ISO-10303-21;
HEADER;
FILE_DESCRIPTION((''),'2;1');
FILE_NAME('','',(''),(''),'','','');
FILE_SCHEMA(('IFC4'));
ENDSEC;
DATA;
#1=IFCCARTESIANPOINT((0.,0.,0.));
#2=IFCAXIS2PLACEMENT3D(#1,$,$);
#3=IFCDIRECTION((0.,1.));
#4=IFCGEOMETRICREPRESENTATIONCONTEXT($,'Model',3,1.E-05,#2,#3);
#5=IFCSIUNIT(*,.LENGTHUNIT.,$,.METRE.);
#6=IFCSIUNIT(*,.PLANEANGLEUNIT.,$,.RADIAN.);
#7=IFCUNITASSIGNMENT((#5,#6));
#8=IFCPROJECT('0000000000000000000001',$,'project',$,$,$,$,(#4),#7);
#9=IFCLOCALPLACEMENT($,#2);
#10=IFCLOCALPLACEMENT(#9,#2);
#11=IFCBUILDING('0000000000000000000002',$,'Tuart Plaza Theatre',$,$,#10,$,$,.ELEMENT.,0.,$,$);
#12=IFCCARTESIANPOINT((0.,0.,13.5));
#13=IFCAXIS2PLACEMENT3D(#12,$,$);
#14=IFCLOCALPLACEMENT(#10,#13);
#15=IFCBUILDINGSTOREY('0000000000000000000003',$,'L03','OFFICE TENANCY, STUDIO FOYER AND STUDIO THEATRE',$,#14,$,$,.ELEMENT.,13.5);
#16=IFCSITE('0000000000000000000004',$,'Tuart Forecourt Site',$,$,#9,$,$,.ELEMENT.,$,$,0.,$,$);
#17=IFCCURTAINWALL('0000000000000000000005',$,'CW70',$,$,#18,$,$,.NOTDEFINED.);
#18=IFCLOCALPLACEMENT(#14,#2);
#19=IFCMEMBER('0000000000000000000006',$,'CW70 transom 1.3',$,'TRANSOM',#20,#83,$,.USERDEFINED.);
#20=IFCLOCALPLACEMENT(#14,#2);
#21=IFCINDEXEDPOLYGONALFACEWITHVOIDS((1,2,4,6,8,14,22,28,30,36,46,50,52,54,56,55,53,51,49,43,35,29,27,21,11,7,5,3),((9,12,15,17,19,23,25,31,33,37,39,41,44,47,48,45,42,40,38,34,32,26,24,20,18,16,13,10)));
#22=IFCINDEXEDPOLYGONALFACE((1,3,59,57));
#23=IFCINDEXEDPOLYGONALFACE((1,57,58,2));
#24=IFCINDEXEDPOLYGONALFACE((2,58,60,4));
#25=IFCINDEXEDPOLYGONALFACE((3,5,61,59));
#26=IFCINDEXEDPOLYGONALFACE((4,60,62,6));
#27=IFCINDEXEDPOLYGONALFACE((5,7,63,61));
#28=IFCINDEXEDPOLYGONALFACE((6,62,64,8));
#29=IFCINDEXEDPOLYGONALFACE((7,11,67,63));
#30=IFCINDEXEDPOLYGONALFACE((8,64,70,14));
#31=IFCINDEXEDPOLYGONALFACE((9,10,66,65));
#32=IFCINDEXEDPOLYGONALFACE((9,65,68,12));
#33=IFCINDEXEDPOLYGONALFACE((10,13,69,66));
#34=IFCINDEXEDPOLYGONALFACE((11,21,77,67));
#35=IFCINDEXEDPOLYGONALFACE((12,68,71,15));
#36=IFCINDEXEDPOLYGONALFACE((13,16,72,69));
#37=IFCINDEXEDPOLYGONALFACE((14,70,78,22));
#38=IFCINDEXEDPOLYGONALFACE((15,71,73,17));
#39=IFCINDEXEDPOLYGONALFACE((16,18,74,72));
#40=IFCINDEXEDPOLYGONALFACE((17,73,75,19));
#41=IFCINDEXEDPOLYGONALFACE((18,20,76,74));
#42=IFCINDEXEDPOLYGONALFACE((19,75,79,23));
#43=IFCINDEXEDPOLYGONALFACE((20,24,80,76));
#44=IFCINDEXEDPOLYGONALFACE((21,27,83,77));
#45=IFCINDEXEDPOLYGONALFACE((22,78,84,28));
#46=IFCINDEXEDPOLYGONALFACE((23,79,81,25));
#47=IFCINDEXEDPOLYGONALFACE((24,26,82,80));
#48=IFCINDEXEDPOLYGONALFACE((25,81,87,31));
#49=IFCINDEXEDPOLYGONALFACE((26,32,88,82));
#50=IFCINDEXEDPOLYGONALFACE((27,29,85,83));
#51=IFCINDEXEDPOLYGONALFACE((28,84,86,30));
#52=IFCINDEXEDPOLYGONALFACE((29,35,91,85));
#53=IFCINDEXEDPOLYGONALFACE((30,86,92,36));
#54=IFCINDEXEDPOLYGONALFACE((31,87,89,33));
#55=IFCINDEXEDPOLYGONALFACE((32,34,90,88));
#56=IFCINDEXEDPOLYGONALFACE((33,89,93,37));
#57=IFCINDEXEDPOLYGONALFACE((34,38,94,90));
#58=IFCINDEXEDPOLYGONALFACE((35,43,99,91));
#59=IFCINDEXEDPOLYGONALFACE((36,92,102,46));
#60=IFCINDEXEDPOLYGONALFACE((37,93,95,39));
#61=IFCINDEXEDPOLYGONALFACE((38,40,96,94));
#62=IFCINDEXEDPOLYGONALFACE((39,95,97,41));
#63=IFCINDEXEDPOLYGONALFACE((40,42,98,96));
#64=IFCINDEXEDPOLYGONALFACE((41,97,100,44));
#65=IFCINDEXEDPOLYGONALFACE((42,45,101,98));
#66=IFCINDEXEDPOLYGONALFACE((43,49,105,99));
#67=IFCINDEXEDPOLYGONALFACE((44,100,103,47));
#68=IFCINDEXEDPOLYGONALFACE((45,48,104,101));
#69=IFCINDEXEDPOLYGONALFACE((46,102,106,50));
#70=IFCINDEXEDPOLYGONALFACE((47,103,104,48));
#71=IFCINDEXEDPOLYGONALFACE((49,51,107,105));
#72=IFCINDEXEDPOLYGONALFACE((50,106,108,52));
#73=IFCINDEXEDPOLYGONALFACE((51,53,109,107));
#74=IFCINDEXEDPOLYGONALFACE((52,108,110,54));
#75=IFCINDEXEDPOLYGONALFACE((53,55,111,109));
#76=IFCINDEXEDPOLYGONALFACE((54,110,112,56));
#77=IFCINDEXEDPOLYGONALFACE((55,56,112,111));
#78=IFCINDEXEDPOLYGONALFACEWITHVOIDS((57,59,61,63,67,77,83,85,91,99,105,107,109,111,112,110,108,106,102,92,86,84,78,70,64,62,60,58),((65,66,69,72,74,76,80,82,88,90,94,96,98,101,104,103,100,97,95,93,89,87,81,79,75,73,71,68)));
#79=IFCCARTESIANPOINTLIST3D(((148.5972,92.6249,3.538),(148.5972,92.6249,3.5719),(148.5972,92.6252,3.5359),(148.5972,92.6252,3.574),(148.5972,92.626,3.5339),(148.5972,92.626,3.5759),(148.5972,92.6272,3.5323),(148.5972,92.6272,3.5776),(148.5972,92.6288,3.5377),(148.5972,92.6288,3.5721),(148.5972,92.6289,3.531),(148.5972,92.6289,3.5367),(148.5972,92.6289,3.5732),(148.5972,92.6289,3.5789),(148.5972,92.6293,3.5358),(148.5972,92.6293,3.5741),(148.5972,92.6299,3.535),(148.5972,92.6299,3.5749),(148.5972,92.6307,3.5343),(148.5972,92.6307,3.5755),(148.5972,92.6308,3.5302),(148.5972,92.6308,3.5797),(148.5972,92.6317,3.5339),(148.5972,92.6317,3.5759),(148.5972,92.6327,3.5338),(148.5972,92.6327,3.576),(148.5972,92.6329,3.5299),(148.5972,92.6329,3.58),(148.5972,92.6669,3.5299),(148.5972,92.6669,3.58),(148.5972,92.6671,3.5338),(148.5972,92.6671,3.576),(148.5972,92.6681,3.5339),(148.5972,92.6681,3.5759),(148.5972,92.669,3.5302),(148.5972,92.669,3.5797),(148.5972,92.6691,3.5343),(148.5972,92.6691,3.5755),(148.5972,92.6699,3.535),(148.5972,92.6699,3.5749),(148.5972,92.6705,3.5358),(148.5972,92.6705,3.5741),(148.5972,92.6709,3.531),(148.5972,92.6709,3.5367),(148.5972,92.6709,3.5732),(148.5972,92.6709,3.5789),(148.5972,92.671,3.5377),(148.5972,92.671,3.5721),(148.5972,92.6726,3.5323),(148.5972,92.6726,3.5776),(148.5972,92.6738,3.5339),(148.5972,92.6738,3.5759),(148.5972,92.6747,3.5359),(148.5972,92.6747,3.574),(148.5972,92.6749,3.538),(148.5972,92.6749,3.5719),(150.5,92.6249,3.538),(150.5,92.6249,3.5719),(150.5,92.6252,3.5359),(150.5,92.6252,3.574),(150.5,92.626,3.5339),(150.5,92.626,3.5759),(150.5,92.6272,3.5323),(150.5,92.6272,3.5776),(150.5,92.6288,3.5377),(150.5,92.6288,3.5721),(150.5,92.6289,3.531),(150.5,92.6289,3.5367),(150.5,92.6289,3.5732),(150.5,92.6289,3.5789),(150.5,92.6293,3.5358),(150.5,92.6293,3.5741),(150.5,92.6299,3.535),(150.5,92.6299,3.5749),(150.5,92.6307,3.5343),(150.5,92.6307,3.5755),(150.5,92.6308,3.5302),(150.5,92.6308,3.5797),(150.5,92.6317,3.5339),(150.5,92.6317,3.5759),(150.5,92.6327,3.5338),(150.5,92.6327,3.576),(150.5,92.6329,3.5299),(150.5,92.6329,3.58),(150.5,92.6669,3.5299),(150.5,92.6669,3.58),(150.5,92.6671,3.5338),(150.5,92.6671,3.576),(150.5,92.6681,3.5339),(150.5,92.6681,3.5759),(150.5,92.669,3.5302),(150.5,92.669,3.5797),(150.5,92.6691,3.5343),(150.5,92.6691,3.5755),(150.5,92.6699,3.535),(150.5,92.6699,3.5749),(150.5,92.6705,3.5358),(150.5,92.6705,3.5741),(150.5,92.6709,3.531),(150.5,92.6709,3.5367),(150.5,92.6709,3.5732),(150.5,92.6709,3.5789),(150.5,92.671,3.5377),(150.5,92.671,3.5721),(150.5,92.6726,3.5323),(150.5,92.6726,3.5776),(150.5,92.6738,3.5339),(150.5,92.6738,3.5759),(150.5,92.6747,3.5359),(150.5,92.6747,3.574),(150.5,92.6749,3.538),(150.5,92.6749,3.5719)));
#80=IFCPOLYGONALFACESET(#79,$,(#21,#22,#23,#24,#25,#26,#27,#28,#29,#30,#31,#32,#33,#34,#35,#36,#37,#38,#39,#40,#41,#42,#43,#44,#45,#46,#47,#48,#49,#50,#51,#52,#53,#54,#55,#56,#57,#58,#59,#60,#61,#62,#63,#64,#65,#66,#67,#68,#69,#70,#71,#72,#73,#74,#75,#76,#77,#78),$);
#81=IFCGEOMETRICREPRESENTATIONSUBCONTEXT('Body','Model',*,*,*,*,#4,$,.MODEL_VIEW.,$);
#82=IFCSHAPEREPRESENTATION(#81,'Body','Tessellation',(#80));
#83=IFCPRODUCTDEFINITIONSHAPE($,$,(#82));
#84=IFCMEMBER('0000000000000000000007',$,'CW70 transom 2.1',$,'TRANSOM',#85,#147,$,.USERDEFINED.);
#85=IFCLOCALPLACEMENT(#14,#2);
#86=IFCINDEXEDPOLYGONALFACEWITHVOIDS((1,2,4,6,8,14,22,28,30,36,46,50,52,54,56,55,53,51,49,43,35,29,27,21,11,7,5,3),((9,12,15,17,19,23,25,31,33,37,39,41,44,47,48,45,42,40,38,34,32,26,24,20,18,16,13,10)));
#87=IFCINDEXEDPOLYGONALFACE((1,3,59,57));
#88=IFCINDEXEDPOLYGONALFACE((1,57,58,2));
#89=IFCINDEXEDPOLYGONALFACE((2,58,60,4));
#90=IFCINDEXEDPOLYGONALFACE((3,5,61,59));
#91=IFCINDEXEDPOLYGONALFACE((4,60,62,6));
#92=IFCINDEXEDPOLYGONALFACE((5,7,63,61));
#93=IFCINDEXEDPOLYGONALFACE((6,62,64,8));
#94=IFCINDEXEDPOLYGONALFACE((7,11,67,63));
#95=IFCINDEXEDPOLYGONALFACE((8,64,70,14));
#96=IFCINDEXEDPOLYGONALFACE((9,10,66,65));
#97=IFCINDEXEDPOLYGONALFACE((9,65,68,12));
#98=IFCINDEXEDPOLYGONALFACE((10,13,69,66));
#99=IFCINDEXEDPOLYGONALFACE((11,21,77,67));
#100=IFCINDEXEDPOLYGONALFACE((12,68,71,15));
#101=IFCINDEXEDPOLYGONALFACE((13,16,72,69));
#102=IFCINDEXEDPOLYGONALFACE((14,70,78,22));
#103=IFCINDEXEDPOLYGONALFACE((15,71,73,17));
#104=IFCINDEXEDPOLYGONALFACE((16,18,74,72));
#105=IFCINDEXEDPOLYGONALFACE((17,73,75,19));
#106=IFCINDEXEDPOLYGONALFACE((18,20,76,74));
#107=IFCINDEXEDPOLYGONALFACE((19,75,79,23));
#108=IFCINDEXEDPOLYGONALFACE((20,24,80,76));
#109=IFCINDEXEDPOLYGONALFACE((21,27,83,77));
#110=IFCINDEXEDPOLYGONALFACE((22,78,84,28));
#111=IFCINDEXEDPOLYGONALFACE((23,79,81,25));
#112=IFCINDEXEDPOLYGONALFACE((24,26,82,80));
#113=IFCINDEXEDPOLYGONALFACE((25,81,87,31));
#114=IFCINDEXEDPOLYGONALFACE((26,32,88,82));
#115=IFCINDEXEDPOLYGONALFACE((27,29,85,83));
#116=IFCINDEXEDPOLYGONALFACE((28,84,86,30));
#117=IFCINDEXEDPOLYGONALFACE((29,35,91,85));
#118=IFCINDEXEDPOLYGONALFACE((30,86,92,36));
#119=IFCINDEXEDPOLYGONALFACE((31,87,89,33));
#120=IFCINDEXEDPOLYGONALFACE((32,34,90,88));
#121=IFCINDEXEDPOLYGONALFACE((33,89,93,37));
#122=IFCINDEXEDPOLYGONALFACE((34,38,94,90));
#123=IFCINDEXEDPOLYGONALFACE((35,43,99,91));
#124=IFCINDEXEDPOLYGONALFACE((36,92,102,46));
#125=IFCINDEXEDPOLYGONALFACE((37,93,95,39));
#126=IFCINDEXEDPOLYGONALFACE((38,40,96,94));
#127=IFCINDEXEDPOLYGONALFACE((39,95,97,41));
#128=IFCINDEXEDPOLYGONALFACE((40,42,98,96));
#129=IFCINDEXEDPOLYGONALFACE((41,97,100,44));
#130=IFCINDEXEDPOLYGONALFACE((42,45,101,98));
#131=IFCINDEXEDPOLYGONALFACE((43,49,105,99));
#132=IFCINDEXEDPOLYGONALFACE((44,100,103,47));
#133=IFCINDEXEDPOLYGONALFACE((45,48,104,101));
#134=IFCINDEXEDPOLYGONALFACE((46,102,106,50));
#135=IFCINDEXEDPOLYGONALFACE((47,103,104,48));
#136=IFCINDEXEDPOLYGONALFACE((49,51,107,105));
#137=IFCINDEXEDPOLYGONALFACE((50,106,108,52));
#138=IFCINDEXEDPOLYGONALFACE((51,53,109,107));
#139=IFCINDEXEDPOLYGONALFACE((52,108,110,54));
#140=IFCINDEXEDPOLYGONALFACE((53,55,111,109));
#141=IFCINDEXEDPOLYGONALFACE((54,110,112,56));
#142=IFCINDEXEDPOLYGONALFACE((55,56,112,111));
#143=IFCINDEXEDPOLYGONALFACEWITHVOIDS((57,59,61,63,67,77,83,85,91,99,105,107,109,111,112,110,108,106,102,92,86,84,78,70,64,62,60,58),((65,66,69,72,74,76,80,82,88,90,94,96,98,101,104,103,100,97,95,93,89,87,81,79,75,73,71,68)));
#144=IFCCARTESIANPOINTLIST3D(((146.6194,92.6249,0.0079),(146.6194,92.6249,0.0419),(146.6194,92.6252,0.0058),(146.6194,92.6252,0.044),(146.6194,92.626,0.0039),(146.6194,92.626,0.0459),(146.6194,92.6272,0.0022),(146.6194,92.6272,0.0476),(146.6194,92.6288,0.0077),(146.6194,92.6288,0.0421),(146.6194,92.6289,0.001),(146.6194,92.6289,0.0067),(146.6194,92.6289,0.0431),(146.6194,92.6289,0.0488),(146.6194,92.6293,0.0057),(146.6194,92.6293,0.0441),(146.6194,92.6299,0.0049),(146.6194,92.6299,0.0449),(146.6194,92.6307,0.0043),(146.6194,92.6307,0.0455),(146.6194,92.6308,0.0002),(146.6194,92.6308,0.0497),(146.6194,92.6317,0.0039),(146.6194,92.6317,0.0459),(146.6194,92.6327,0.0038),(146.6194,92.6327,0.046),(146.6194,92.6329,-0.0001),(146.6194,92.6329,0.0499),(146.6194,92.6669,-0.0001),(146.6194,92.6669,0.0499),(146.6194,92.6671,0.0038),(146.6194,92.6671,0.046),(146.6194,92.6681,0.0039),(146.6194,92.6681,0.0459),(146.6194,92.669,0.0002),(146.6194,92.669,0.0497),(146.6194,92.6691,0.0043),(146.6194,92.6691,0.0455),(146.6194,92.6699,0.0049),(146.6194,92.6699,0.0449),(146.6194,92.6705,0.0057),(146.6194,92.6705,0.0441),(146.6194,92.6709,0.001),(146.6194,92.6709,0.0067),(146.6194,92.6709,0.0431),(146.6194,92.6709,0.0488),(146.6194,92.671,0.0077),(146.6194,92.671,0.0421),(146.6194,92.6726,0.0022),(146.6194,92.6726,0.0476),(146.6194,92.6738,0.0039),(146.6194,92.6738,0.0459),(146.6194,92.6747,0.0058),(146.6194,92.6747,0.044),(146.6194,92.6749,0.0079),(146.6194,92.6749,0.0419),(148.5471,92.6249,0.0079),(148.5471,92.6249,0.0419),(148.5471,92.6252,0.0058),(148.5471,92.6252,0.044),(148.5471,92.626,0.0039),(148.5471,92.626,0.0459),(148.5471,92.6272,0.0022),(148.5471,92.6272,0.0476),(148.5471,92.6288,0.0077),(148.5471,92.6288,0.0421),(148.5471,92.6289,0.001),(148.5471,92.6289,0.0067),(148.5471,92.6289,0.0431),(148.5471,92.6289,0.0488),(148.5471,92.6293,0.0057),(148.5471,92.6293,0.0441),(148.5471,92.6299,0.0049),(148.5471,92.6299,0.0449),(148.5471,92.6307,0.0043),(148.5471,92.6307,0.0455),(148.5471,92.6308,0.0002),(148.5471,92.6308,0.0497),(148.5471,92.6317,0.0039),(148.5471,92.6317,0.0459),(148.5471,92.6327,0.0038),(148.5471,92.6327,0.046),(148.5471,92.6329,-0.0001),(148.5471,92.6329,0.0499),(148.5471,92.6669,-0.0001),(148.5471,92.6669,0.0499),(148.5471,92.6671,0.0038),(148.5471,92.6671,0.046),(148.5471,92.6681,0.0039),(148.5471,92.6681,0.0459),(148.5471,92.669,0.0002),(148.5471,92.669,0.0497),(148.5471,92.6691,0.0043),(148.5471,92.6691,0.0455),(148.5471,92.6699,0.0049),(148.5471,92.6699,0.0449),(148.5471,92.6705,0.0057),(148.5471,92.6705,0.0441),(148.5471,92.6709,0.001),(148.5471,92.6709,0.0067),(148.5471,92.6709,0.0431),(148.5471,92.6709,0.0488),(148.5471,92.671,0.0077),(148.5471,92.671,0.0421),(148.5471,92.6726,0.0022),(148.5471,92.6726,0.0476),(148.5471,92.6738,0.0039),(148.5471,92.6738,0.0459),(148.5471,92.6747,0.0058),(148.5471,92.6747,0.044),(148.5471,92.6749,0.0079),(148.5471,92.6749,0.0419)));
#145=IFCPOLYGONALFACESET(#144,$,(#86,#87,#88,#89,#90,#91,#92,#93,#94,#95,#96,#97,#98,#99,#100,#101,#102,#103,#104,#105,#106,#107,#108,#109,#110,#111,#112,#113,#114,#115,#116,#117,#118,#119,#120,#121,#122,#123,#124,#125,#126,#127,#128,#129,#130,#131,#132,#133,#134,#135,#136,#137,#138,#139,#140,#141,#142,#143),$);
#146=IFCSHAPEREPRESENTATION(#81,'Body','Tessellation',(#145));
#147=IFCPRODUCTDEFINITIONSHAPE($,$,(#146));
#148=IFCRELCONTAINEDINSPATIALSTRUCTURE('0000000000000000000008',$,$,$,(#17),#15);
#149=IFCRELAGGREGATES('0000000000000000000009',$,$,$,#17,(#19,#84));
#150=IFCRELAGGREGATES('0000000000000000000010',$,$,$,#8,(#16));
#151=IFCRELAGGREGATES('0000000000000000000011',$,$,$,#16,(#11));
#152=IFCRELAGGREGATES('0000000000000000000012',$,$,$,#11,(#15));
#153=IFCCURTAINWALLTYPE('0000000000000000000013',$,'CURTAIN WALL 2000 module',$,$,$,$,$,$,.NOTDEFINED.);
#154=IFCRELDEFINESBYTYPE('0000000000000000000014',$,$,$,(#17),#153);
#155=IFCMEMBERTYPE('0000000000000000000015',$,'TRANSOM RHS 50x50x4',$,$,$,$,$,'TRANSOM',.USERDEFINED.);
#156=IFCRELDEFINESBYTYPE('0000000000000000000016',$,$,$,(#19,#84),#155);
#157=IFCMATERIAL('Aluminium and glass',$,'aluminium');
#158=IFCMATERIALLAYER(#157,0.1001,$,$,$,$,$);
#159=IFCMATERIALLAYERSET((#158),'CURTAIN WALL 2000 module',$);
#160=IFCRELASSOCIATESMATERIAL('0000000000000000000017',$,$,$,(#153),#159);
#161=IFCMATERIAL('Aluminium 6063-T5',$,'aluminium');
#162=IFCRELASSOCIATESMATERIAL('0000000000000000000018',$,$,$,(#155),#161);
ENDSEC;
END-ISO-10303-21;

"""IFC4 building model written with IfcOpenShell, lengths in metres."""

from ifc_helpers import new_model, si_unit, direction, frame, origin, origin_2d, place, context, subcontext, project, spatial, hollow_rectangle, extrude, material, layer, layer_set, material_profile, profile_set, type_object, element, aggregate, save


model = new_model("IFC4")

# Units and contexts
model_context = context("Model", 3, precision=1e-05, world=origin(), true_north=direction((0.0, 1.0)))
body_context = subcontext(model_context, "Body", "Model", "MODEL_VIEW")
ifc_project = project(units=[si_unit("LENGTHUNIT", "METRE"), si_unit("PLANEANGLEUNIT", "RADIAN")], contexts=[model_context])

# Site, building, storey
site_placement = place(None, origin())
site = spatial("IfcSite", under=ifc_project, at=site_placement, Name="Tuart Forecourt Site", CompositionType="ELEMENT", RefElevation=0.0)
building_placement = place(site_placement, origin())
building = spatial("IfcBuilding", under=site, at=building_placement, Name="Tuart Plaza Theatre", CompositionType="ELEMENT", ElevationOfRefHeight=0.0)
storey_placement = place(building_placement, frame((0.0, 0.0, 13.5)))
storey = spatial("IfcBuildingStorey", under=building, at=storey_placement, Name="L03", Description="OFFICE TENANCY, STUDIO FOYER AND STUDIO THEATRE", CompositionType="ELEMENT", Elevation=13.5)

# Curtain wall
ifc_material_1 = material(Name="Aluminium and glass", Category="aluminium")
ifc_layer_1 = layer(ifc_material_1, 0.1001)
ifc_layer_set_1 = layer_set([ifc_layer_1], Name="CURTAIN WALL 2000 module")
curtain_wall_type = type_object("IfcCurtainWallType", Name="CURTAIN WALL 2000 module", PredefinedType="NOTDEFINED", material=ifc_layer_set_1)
curtain_wall_1_placement = place(storey_placement, origin())
curtain_wall_1 = element("IfcCurtainWall", 1, at=curtain_wall_1_placement, inside=storey, type_object=curtain_wall_type, Name="CW70", PredefinedType="NOTDEFINED")

# Members
ifc_material_2 = material(Name="Aluminium 6063-T5", Category="aluminium")
ifc_material_profile_1 = material_profile(ifc_material_2, hollow_rectangle(XDim=0.05, YDim=0.05, WallThickness=0.0039, InnerFilletRadius=0.0039, OuterFilletRadius=0.0081, at=origin_2d()), Name="RHS 50x50x4")
ifc_profile_set_1 = profile_set([ifc_material_profile_1], Name="Aluminium 6063-T5")
member_type_1 = type_object("IfcMemberType", Name="TRANSOM RHS 50x50x4", ElementType="TRANSOM", PredefinedType="USERDEFINED", material=ifc_profile_set_1)
member_1_placement = place(storey_placement, frame((150.5, 92.6499, 3.5549), z_axis=(-1.0, 0.0, 0.0), x_axis=(0.0, -1.0, 0.0)))
member_1 = element("IfcMember", 2, at=member_1_placement, type_object=member_type_1, Name="CW70 transom 1.3", ObjectType="TRANSOM", PredefinedType="USERDEFINED", context=body_context, shape_type="SweptSolid", body=[
    extrude(hollow_rectangle(XDim=0.05, YDim=0.05, WallThickness=0.0039, InnerFilletRadius=0.0039, OuterFilletRadius=0.0081, at=origin_2d()), origin(), (0.0, 0.0, 1.0), 1.9028),
])
member_2_placement = place(storey_placement, frame((148.5471, 92.6499, 0.0249), z_axis=(-1.0, 0.0, 0.0), x_axis=(0.0, -1.0, 0.0)))
member_2 = element("IfcMember", 3, at=member_2_placement, type_object=member_type_1, Name="CW70 transom 2.1", ObjectType="TRANSOM", PredefinedType="USERDEFINED", context=body_context, shape_type="SweptSolid", body=[
    extrude(hollow_rectangle(XDim=0.05, YDim=0.05, WallThickness=0.0039, InnerFilletRadius=0.0039, OuterFilletRadius=0.0081, at=origin_2d()), origin(), (0.0, 0.0, 1.0), 1.9277),
])

aggregate(curtain_wall_1, [member_1, member_2])

save(model, "model.ifc")
